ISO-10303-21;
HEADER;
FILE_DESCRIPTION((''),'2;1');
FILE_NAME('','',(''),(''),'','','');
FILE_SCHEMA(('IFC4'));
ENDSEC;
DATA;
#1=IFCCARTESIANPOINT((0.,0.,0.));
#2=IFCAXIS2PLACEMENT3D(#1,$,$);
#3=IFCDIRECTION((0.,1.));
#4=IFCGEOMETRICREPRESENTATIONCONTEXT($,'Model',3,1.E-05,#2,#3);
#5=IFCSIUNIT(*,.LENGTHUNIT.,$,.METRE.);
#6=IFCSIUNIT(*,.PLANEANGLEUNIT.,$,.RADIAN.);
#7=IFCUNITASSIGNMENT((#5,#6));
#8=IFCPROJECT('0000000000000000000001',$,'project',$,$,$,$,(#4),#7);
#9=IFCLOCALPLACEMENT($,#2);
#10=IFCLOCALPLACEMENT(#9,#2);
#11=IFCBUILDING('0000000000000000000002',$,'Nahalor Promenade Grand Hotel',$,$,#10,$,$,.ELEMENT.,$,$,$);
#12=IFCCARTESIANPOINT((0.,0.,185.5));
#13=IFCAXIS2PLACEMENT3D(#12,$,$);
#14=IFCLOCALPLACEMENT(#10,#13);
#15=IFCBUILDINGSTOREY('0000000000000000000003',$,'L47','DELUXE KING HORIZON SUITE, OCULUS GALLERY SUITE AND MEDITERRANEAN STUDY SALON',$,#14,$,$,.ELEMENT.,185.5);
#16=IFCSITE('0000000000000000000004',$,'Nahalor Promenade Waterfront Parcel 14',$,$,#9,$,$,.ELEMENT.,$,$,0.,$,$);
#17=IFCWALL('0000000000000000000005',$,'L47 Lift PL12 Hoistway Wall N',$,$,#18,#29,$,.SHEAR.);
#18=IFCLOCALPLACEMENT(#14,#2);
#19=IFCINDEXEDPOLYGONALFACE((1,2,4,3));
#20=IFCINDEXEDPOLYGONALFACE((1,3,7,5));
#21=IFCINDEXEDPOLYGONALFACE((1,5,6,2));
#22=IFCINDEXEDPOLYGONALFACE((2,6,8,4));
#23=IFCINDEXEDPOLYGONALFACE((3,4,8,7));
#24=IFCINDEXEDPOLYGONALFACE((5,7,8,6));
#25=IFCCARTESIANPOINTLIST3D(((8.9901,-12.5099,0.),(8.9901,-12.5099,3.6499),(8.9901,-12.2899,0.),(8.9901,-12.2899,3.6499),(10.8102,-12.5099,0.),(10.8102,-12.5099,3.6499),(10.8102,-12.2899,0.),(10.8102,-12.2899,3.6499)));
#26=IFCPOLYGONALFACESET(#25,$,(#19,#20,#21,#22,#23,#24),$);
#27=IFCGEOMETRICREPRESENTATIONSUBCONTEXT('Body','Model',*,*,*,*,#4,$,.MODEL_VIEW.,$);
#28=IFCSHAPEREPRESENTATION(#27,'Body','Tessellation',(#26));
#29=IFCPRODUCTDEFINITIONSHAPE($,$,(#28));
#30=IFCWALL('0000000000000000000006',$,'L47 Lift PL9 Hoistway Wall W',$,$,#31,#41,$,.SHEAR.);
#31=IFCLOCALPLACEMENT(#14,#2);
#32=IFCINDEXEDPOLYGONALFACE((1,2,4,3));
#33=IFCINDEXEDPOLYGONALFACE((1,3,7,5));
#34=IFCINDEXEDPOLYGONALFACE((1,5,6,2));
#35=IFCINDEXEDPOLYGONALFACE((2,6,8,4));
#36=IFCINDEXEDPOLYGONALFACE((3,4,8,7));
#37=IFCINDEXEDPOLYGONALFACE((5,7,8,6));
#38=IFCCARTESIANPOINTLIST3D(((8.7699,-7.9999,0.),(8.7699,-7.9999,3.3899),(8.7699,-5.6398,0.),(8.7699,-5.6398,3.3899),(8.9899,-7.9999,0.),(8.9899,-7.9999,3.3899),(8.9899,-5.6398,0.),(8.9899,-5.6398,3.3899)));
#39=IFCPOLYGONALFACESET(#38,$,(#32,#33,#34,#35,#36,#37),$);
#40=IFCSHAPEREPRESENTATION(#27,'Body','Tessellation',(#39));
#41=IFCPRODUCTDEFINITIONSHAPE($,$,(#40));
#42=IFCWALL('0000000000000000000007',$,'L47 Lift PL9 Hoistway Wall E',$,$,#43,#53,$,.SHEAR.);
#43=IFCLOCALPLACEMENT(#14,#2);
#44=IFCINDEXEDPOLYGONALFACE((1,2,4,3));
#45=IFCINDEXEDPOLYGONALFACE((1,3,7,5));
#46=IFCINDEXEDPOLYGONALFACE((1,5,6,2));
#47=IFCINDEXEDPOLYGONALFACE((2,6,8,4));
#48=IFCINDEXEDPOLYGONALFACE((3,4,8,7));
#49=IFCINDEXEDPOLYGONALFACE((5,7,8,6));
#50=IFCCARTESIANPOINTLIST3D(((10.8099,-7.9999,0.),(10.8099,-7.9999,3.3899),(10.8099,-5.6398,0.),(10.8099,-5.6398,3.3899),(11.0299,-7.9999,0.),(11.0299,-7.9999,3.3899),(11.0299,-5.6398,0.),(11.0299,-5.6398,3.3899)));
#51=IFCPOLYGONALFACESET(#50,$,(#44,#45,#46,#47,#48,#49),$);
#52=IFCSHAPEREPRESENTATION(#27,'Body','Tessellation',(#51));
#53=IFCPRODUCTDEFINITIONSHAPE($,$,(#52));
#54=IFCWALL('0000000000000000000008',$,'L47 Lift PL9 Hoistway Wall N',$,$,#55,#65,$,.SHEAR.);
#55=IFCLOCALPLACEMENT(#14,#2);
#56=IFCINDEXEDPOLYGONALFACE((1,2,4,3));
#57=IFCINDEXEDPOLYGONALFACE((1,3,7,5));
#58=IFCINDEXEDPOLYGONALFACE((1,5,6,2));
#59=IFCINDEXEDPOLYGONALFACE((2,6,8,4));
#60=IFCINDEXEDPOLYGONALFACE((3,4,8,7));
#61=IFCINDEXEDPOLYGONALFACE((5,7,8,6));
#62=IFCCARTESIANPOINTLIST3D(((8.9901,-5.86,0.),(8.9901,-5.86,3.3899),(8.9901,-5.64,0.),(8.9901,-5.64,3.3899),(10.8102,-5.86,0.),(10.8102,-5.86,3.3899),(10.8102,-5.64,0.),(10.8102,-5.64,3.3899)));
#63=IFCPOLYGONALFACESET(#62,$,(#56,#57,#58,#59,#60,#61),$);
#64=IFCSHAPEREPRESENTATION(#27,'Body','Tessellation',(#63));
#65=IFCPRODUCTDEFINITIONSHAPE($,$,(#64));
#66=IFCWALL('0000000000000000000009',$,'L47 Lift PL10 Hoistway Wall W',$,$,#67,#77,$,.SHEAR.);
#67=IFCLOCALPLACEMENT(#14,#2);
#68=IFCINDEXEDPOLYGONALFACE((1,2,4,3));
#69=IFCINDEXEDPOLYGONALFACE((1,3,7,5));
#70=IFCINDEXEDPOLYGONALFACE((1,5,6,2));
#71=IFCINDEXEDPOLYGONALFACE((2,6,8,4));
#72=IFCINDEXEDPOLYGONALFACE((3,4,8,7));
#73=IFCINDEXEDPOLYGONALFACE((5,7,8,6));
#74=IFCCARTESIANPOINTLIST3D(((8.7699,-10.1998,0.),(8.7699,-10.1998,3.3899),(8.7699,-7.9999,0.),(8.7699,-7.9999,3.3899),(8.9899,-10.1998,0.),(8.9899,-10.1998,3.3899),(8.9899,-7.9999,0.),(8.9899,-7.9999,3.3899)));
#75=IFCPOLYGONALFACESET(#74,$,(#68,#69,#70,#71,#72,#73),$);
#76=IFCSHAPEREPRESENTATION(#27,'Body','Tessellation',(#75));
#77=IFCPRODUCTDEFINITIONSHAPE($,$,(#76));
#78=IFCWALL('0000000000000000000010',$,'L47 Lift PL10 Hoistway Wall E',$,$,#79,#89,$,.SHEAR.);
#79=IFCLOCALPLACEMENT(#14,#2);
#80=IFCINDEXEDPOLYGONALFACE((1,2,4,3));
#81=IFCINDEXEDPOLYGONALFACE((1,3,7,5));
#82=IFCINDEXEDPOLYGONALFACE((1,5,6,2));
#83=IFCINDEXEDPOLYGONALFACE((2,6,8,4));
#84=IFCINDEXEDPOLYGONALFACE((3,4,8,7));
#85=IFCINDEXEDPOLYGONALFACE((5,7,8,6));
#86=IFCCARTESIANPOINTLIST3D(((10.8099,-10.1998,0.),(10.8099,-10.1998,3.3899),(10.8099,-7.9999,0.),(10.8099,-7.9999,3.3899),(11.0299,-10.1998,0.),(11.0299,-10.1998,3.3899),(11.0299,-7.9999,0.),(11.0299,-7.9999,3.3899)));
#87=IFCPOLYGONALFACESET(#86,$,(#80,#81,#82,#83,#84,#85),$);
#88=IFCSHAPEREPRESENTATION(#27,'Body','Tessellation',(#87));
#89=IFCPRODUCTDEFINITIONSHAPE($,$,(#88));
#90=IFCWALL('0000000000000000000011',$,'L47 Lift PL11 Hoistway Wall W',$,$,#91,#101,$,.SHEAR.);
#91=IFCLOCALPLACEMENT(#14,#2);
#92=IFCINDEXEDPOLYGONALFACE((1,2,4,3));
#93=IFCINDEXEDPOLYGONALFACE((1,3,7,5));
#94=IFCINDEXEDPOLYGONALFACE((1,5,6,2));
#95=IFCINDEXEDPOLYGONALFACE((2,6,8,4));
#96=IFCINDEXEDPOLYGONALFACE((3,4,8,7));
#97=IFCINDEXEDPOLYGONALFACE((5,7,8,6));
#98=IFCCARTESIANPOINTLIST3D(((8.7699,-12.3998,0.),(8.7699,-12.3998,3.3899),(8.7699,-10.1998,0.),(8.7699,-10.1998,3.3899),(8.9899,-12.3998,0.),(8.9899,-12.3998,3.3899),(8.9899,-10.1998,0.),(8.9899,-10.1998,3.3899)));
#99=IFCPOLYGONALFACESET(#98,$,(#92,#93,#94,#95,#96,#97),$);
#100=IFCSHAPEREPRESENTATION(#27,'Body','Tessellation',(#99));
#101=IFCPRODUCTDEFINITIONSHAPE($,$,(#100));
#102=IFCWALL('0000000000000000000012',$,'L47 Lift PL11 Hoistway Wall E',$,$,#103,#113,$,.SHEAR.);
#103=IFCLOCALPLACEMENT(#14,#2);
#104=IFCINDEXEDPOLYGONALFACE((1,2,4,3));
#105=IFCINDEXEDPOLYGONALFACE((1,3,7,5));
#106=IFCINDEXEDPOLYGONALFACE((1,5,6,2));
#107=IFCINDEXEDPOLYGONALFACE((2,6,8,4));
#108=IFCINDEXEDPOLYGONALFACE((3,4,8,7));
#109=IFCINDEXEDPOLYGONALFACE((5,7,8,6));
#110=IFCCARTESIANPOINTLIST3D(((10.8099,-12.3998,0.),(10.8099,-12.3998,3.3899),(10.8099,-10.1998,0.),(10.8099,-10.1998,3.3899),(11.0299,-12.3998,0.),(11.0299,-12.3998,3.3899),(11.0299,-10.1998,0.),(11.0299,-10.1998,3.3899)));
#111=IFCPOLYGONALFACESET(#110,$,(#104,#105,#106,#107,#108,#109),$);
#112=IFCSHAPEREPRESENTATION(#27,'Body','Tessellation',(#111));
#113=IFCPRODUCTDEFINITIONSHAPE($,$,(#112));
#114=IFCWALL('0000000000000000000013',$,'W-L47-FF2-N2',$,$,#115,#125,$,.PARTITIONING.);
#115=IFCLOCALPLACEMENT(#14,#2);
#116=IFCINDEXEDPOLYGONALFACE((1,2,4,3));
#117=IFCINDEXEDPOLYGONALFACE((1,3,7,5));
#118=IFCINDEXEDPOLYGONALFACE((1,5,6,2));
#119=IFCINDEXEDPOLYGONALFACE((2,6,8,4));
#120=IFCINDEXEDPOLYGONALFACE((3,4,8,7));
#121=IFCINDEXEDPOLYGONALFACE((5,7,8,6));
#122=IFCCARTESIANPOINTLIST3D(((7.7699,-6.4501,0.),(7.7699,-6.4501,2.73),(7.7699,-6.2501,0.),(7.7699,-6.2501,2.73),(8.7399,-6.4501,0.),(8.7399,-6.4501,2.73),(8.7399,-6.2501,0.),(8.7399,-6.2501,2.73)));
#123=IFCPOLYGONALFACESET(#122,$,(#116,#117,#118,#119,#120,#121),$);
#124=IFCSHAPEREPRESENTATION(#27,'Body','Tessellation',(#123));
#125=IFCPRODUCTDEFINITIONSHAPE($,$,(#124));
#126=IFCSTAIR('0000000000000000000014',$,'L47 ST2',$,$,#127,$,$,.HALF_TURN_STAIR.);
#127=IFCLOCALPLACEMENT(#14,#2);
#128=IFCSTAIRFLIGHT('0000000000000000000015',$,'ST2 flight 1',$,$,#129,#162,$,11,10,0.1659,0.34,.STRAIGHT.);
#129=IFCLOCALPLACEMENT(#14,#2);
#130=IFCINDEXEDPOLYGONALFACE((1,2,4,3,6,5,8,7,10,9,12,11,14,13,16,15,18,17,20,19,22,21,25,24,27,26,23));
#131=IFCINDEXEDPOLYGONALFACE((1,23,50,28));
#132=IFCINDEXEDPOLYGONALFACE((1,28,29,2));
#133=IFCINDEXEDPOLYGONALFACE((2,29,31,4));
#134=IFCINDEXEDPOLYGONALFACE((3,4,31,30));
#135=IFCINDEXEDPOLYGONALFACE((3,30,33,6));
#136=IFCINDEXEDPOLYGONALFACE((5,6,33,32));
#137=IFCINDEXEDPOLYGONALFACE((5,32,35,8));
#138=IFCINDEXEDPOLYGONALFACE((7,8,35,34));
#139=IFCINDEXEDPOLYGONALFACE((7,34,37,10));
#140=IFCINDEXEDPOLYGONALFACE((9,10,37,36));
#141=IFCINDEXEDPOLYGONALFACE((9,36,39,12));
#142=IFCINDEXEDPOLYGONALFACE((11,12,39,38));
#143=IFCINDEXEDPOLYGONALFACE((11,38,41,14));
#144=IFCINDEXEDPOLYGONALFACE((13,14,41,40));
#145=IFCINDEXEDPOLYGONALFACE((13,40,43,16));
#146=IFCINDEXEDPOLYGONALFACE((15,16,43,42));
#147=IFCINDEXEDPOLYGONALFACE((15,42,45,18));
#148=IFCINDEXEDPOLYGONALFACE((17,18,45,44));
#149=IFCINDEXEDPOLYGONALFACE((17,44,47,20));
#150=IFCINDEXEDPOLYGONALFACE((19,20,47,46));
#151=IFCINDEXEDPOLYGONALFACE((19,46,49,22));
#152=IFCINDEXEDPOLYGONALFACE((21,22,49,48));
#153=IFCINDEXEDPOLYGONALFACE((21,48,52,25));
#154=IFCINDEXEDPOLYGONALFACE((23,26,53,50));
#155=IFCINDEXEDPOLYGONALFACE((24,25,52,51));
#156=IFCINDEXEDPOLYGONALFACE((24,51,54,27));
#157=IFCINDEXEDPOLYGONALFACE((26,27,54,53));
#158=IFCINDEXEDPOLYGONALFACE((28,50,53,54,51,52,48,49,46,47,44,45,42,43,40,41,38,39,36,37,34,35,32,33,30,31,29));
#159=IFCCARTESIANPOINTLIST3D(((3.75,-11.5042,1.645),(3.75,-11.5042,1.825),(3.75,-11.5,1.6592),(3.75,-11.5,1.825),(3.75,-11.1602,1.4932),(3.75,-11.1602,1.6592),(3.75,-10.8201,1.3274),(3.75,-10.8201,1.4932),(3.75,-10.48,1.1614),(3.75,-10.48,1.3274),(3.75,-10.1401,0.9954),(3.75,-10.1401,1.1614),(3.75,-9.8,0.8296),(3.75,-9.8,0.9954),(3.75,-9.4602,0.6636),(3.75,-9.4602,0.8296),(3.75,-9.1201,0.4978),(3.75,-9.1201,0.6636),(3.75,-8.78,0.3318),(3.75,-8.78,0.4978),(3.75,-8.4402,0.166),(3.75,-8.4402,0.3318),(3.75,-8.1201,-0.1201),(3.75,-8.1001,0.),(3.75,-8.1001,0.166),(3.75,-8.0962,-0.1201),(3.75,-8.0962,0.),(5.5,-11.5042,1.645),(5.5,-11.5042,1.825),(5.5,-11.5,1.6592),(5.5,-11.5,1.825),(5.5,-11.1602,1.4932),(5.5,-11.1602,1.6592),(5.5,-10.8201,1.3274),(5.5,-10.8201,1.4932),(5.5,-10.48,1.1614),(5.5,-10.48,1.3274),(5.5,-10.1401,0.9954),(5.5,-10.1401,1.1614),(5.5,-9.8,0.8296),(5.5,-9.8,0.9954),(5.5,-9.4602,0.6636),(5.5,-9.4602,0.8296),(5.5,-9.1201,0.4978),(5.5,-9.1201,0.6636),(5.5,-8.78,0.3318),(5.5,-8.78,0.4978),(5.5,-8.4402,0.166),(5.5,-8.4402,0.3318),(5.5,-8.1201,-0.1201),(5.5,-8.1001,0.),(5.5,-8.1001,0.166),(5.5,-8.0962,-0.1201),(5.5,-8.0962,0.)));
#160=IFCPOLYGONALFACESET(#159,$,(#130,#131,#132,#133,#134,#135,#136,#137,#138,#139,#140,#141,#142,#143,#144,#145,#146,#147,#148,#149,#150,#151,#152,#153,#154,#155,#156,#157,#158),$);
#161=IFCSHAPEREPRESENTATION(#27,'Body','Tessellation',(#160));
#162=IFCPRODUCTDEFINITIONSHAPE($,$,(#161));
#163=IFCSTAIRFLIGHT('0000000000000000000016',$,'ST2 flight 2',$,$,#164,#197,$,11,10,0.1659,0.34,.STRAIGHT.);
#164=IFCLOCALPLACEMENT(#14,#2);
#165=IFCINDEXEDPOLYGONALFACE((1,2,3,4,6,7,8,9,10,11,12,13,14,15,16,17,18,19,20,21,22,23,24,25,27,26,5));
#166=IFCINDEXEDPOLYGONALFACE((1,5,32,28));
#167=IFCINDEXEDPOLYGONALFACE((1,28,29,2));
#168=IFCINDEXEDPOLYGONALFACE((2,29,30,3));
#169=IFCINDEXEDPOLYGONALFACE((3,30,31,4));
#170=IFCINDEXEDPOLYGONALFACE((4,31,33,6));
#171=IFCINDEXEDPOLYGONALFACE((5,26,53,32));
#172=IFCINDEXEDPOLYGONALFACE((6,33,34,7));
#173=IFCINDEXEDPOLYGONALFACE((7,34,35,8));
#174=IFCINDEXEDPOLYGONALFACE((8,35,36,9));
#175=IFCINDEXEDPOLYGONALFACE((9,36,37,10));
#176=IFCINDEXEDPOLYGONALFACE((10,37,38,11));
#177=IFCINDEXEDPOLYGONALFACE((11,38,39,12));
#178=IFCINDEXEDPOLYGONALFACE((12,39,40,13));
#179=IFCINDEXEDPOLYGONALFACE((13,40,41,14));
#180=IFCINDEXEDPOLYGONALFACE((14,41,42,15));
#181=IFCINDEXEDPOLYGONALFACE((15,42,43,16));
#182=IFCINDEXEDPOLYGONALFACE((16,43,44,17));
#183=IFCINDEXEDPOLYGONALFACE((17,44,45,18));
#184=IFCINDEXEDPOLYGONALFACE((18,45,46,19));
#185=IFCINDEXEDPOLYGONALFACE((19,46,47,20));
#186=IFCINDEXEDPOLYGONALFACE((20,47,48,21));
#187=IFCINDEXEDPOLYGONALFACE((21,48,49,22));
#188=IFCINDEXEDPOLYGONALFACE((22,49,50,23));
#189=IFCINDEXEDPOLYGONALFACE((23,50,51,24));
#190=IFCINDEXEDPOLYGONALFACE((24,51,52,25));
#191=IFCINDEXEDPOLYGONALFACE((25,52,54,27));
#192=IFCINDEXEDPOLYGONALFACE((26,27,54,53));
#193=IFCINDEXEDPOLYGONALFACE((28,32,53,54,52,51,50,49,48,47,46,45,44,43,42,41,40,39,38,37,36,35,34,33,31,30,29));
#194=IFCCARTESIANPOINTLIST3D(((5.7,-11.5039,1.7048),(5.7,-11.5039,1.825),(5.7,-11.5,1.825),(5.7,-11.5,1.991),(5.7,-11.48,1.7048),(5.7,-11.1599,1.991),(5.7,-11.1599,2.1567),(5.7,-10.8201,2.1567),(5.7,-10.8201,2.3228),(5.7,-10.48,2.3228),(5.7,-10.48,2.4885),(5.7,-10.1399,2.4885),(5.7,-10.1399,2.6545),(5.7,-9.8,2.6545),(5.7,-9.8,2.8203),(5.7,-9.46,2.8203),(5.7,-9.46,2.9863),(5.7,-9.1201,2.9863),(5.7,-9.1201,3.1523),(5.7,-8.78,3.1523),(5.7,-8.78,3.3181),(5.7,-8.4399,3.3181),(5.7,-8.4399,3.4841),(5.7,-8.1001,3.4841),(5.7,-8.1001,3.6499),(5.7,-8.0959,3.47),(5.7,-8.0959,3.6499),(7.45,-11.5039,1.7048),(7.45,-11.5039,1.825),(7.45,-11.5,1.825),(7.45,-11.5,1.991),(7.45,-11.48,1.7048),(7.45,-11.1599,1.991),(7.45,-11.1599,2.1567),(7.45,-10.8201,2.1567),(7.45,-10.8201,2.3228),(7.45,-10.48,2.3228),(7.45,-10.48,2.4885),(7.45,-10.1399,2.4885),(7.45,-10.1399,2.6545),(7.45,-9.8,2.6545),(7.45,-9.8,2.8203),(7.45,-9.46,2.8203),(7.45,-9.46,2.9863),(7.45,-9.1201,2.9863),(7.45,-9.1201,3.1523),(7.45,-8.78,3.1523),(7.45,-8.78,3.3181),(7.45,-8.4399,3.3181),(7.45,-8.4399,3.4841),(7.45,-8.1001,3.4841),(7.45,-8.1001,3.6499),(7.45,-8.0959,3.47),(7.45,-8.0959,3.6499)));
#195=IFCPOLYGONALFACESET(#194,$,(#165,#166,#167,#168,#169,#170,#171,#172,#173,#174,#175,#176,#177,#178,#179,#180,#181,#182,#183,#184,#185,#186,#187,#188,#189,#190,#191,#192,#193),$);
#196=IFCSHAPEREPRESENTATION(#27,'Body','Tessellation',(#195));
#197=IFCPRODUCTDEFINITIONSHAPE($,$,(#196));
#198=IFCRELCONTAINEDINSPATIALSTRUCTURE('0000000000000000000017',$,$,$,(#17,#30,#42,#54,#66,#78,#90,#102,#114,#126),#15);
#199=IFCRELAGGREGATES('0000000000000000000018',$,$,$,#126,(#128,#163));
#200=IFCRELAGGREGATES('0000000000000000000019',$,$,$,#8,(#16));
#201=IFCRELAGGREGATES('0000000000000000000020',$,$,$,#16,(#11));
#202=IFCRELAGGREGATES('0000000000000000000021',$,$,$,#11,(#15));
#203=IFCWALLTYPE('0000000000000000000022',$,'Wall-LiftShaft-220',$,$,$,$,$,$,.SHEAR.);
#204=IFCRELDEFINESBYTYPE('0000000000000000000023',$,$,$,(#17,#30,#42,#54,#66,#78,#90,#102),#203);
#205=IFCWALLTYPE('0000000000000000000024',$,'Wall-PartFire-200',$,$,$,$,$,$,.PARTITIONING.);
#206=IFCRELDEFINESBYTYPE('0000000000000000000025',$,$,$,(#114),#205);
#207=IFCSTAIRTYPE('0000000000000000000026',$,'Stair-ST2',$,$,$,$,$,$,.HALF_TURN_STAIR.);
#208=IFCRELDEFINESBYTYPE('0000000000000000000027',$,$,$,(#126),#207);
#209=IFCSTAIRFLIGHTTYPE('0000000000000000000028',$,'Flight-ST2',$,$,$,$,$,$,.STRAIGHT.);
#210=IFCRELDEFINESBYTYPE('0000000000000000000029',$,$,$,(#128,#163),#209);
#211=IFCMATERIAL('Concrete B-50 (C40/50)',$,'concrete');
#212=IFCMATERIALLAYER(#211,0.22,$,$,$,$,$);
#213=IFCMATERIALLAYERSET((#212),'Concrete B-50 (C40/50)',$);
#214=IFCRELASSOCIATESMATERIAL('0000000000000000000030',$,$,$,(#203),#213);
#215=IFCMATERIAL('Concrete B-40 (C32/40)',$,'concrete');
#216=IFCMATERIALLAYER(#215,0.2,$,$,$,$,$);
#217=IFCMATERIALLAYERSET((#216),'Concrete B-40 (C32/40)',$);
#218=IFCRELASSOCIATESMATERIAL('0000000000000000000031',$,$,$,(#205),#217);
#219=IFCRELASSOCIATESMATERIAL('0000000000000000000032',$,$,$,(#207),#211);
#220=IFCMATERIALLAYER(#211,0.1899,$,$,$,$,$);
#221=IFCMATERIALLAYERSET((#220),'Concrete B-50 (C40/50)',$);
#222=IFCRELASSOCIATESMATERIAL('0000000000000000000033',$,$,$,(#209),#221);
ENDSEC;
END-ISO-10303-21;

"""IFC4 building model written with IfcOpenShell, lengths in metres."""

from ifc_helpers import new_model, si_unit, direction, frame, frame_2d, origin, place, context, subcontext, project, spatial, polyline, rectangle, outline, extrude, source, transform, mapped, material, layer, layer_set, type_object, element, aggregate, save


model = new_model("IFC4")

# Units and contexts
model_context = context("Model", 3, precision=1e-05, world=origin(), true_north=direction((0.0, 1.0)))
body_context = subcontext(model_context, "Body", "Model", "MODEL_VIEW")
ifc_project = project(units=[si_unit("LENGTHUNIT", "METRE"), si_unit("PLANEANGLEUNIT", "RADIAN")], contexts=[model_context])

# Site, building, storey
site_placement = place(None, origin())
site = spatial("IfcSite", under=ifc_project, at=site_placement, Name="Nahalor Promenade Waterfront Parcel 14", CompositionType="ELEMENT", RefElevation=0.0)
building_placement = place(site_placement, origin())
building = spatial("IfcBuilding", under=site, at=building_placement, Name="Nahalor Promenade Grand Hotel", CompositionType="ELEMENT")
storey_placement = place(building_placement, frame((0.0, 0.0, 185.5)))
storey = spatial("IfcBuildingStorey", under=building, at=storey_placement, Name="L47", Description="DELUXE KING HORIZON SUITE, OCULUS GALLERY SUITE AND MEDITERRANEAN STUDY SALON", CompositionType="ELEMENT", Elevation=185.5)

# Walls
ifc_material_1 = material(Name="Concrete B-50 (C40/50)", Category="concrete")
ifc_layer_1 = layer(ifc_material_1, 0.22)
ifc_layer_set_1 = layer_set([ifc_layer_1], Name="Concrete B-50 (C40/50)")
wall_type_1 = type_object("IfcWallType", Name="Wall-LiftShaft-220", PredefinedType="SHEAR", material=ifc_layer_set_1)
shared_shape_1 = source(origin(), body_context, "Body", "SweptSolid", [
    extrude(rectangle(XDim=1.8201, YDim=0.22, at=frame_2d((0.9102, 0.0))), origin(), (0.0, 0.0, 1.0), 3.6499),
])
for number, where, z_axis, x_axis, name in (
    (1, (8.99, -12.3999, 0.0), (0.0, 0.0, 1.0), (1.0, 0.0, 0.0), "L47 Lift PL12 Hoistway Wall N"),
):
    element("IfcWall", number, at=place(storey_placement, frame(where, z_axis=z_axis, x_axis=x_axis)), inside=storey, type_object=wall_type_1, Name=name, PredefinedType="SHEAR", context=body_context, shape_type="MappedRepresentation", body=[
        mapped(shared_shape_1, transform((0.0, 0.0, 0.0), scale=1.0)),
    ])
shared_shape_2 = source(origin(), body_context, "Body", "SweptSolid", [
    extrude(rectangle(XDim=2.3601, YDim=0.22, at=frame_2d((1.1802, 0.0))), origin(), (0.0, 0.0, 1.0), 3.3899),
])
for number, where, z_axis, x_axis, name in (
    (2, (8.8799, -8.0, 0.0), (0.0, 0.0, 1.0), (0.0, 1.0, 0.0), "L47 Lift PL9 Hoistway Wall W"),
    (3, (10.9199, -8.0, 0.0), (0.0, 0.0, 1.0), (0.0, 1.0, 0.0), "L47 Lift PL9 Hoistway Wall E"),
):
    element("IfcWall", number, at=place(storey_placement, frame(where, z_axis=z_axis, x_axis=x_axis)), inside=storey, type_object=wall_type_1, Name=name, PredefinedType="SHEAR", context=body_context, shape_type="MappedRepresentation", body=[
        mapped(shared_shape_2, transform((0.0, 0.0, 0.0), scale=1.0)),
    ])
shared_shape_3 = source(origin(), body_context, "Body", "SweptSolid", [
    extrude(rectangle(XDim=1.8201, YDim=0.22, at=frame_2d((0.9102, 0.0))), origin(), (0.0, 0.0, 1.0), 3.3899),
])
wall_1_placement = place(storey_placement, frame((8.99, -5.75, 0.0), z_axis=(0.0, 0.0, 1.0), x_axis=(1.0, 0.0, 0.0)))
element("IfcWall", 4, at=wall_1_placement, inside=storey, type_object=wall_type_1, Name="L47 Lift PL9 Hoistway Wall N", PredefinedType="SHEAR", context=body_context, shape_type="MappedRepresentation", body=[
    mapped(shared_shape_3, transform((0.0, 0.0, 0.0), scale=1.0)),
])
shared_shape_4 = source(origin(), body_context, "Body", "SweptSolid", [
    extrude(rectangle(XDim=2.2, YDim=0.22, at=frame_2d((1.1001, 0.0))), origin(), (0.0, 0.0, 1.0), 3.3899),
])
for number, where, z_axis, x_axis, name in (
    (5, (8.8799, -10.2, 0.0), (0.0, 0.0, 1.0), (0.0, 1.0, 0.0), "L47 Lift PL10 Hoistway Wall W"),
    (6, (10.9199, -10.2, 0.0), (0.0, 0.0, 1.0), (0.0, 1.0, 0.0), "L47 Lift PL10 Hoistway Wall E"),
    (7, (8.8799, -12.3999, 0.0), (0.0, 0.0, 1.0), (0.0, 1.0, 0.0), "L47 Lift PL11 Hoistway Wall W"),
    (8, (10.9199, -12.3999, 0.0), (0.0, 0.0, 1.0), (0.0, 1.0, 0.0), "L47 Lift PL11 Hoistway Wall E"),
):
    element("IfcWall", number, at=place(storey_placement, frame(where, z_axis=z_axis, x_axis=x_axis)), inside=storey, type_object=wall_type_1, Name=name, PredefinedType="SHEAR", context=body_context, shape_type="MappedRepresentation", body=[
        mapped(shared_shape_4, transform((0.0, 0.0, 0.0), scale=1.0)),
    ])

# Shared definitions
ifc_material_2 = material(Name="Concrete B-40 (C32/40)", Category="concrete")
ifc_layer_2 = layer(ifc_material_2, 0.2)
ifc_layer_set_2 = layer_set([ifc_layer_2], Name="Concrete B-40 (C32/40)")
wall_type_2 = type_object("IfcWallType", Name="Wall-PartFire-200", PredefinedType="PARTITIONING", material=ifc_layer_set_2)

# Wall
shared_shape_5 = source(origin(), body_context, "Body", "SweptSolid", [
    extrude(rectangle(XDim=0.97, YDim=0.2, at=frame_2d((0.4849, 0.0))), origin(), (0.0, 0.0, 1.0), 2.73),
])
wall_2_placement = place(storey_placement, frame((7.77, -6.3501, 0.0), z_axis=(0.0, 0.0, 1.0), x_axis=(1.0, 0.0, 0.0)))
element("IfcWall", 9, at=wall_2_placement, inside=storey, type_object=wall_type_2, Name="W-L47-FF2-N2", PredefinedType="PARTITIONING", context=body_context, shape_type="MappedRepresentation", body=[
    mapped(shared_shape_5, transform((0.0, 0.0, 0.0), scale=1.0)),
])

# Stair, stair flights
stair_type = type_object("IfcStairType", Name="Stair-ST2", PredefinedType="HALF_TURN_STAIR", material=ifc_material_1)
stair_placement = place(storey_placement, origin())
stair = element("IfcStair", 10, at=stair_placement, inside=storey, type_object=stair_type, Name="L47 ST2", PredefinedType="HALF_TURN_STAIR")
ifc_layer_3 = layer(ifc_material_1, 0.1899)
ifc_layer_set_3 = layer_set([ifc_layer_3], Name="Concrete B-50 (C40/50)")
stair_flight_type = type_object("IfcStairFlightType", Name="Flight-ST2", PredefinedType="STRAIGHT", material=ifc_layer_set_3)
shared_shape_6 = source(origin(), body_context, "Body", "SweptSolid", [
    extrude(outline(polyline([(-0.0039, -0.1201), (-0.0039, 0.0), (0.0, 0.0), (0.0, 0.166), (0.3401, 0.166), (0.3401, 0.3318), (0.6799, 0.3318), (0.6799, 0.4978), (1.02, 0.4978), (1.02, 0.6636), (1.3601, 0.6636), (1.3601, 0.8296), (1.7, 0.8296), (1.7, 0.9954), (2.04, 0.9954), (2.04, 1.1614), (2.3799, 1.1614), (2.3799, 1.3274), (2.72, 1.3274), (2.72, 1.4932), (3.0601, 1.4932), (3.0601, 1.6592), (3.3999, 1.6592), (3.3999, 1.825), (3.4041, 1.825), (3.4041, 1.645), (0.02, -0.1201), (-0.0039, -0.1201)])), frame((0.0, 0.875, 0.0), z_axis=(0.0, -1.0, 0.0), x_axis=(1.0, 0.0, 0.0)), (0.0, 0.0, 1.0), 1.75),
])
stair_flight_1_placement = place(storey_placement, frame((4.625, -8.1001, 0.0), z_axis=(0.0, 0.0, 1.0), x_axis=(0.0, -1.0, 0.0)))
stair_flight_1 = element("IfcStairFlight", 11, at=stair_flight_1_placement, type_object=stair_flight_type, Name="ST2 flight 1", NumberOfRisers=11, NumberOfTreads=10, PredefinedType="STRAIGHT", RiserHeight=0.1659, TreadLength=0.34, context=body_context, shape_type="MappedRepresentation", body=[
    mapped(shared_shape_6, transform((0.0, 0.0, 0.0), scale=1.0)),
])
stair_flight_2_placement = place(storey_placement, frame((6.575, -11.5, 1.825), z_axis=(0.0, 0.0, 1.0), x_axis=(0.0, 1.0, 0.0)))
stair_flight_2 = element("IfcStairFlight", 12, at=stair_flight_2_placement, type_object=stair_flight_type, Name="ST2 flight 2", NumberOfRisers=11, NumberOfTreads=10, PredefinedType="STRAIGHT", RiserHeight=0.1659, TreadLength=0.34, context=body_context, shape_type="MappedRepresentation", body=[
    mapped(shared_shape_6, transform((0.0, 0.0, 0.0), scale=1.0)),
])
aggregate(stair, [stair_flight_1, stair_flight_2])

save(model, "model.ifc")
